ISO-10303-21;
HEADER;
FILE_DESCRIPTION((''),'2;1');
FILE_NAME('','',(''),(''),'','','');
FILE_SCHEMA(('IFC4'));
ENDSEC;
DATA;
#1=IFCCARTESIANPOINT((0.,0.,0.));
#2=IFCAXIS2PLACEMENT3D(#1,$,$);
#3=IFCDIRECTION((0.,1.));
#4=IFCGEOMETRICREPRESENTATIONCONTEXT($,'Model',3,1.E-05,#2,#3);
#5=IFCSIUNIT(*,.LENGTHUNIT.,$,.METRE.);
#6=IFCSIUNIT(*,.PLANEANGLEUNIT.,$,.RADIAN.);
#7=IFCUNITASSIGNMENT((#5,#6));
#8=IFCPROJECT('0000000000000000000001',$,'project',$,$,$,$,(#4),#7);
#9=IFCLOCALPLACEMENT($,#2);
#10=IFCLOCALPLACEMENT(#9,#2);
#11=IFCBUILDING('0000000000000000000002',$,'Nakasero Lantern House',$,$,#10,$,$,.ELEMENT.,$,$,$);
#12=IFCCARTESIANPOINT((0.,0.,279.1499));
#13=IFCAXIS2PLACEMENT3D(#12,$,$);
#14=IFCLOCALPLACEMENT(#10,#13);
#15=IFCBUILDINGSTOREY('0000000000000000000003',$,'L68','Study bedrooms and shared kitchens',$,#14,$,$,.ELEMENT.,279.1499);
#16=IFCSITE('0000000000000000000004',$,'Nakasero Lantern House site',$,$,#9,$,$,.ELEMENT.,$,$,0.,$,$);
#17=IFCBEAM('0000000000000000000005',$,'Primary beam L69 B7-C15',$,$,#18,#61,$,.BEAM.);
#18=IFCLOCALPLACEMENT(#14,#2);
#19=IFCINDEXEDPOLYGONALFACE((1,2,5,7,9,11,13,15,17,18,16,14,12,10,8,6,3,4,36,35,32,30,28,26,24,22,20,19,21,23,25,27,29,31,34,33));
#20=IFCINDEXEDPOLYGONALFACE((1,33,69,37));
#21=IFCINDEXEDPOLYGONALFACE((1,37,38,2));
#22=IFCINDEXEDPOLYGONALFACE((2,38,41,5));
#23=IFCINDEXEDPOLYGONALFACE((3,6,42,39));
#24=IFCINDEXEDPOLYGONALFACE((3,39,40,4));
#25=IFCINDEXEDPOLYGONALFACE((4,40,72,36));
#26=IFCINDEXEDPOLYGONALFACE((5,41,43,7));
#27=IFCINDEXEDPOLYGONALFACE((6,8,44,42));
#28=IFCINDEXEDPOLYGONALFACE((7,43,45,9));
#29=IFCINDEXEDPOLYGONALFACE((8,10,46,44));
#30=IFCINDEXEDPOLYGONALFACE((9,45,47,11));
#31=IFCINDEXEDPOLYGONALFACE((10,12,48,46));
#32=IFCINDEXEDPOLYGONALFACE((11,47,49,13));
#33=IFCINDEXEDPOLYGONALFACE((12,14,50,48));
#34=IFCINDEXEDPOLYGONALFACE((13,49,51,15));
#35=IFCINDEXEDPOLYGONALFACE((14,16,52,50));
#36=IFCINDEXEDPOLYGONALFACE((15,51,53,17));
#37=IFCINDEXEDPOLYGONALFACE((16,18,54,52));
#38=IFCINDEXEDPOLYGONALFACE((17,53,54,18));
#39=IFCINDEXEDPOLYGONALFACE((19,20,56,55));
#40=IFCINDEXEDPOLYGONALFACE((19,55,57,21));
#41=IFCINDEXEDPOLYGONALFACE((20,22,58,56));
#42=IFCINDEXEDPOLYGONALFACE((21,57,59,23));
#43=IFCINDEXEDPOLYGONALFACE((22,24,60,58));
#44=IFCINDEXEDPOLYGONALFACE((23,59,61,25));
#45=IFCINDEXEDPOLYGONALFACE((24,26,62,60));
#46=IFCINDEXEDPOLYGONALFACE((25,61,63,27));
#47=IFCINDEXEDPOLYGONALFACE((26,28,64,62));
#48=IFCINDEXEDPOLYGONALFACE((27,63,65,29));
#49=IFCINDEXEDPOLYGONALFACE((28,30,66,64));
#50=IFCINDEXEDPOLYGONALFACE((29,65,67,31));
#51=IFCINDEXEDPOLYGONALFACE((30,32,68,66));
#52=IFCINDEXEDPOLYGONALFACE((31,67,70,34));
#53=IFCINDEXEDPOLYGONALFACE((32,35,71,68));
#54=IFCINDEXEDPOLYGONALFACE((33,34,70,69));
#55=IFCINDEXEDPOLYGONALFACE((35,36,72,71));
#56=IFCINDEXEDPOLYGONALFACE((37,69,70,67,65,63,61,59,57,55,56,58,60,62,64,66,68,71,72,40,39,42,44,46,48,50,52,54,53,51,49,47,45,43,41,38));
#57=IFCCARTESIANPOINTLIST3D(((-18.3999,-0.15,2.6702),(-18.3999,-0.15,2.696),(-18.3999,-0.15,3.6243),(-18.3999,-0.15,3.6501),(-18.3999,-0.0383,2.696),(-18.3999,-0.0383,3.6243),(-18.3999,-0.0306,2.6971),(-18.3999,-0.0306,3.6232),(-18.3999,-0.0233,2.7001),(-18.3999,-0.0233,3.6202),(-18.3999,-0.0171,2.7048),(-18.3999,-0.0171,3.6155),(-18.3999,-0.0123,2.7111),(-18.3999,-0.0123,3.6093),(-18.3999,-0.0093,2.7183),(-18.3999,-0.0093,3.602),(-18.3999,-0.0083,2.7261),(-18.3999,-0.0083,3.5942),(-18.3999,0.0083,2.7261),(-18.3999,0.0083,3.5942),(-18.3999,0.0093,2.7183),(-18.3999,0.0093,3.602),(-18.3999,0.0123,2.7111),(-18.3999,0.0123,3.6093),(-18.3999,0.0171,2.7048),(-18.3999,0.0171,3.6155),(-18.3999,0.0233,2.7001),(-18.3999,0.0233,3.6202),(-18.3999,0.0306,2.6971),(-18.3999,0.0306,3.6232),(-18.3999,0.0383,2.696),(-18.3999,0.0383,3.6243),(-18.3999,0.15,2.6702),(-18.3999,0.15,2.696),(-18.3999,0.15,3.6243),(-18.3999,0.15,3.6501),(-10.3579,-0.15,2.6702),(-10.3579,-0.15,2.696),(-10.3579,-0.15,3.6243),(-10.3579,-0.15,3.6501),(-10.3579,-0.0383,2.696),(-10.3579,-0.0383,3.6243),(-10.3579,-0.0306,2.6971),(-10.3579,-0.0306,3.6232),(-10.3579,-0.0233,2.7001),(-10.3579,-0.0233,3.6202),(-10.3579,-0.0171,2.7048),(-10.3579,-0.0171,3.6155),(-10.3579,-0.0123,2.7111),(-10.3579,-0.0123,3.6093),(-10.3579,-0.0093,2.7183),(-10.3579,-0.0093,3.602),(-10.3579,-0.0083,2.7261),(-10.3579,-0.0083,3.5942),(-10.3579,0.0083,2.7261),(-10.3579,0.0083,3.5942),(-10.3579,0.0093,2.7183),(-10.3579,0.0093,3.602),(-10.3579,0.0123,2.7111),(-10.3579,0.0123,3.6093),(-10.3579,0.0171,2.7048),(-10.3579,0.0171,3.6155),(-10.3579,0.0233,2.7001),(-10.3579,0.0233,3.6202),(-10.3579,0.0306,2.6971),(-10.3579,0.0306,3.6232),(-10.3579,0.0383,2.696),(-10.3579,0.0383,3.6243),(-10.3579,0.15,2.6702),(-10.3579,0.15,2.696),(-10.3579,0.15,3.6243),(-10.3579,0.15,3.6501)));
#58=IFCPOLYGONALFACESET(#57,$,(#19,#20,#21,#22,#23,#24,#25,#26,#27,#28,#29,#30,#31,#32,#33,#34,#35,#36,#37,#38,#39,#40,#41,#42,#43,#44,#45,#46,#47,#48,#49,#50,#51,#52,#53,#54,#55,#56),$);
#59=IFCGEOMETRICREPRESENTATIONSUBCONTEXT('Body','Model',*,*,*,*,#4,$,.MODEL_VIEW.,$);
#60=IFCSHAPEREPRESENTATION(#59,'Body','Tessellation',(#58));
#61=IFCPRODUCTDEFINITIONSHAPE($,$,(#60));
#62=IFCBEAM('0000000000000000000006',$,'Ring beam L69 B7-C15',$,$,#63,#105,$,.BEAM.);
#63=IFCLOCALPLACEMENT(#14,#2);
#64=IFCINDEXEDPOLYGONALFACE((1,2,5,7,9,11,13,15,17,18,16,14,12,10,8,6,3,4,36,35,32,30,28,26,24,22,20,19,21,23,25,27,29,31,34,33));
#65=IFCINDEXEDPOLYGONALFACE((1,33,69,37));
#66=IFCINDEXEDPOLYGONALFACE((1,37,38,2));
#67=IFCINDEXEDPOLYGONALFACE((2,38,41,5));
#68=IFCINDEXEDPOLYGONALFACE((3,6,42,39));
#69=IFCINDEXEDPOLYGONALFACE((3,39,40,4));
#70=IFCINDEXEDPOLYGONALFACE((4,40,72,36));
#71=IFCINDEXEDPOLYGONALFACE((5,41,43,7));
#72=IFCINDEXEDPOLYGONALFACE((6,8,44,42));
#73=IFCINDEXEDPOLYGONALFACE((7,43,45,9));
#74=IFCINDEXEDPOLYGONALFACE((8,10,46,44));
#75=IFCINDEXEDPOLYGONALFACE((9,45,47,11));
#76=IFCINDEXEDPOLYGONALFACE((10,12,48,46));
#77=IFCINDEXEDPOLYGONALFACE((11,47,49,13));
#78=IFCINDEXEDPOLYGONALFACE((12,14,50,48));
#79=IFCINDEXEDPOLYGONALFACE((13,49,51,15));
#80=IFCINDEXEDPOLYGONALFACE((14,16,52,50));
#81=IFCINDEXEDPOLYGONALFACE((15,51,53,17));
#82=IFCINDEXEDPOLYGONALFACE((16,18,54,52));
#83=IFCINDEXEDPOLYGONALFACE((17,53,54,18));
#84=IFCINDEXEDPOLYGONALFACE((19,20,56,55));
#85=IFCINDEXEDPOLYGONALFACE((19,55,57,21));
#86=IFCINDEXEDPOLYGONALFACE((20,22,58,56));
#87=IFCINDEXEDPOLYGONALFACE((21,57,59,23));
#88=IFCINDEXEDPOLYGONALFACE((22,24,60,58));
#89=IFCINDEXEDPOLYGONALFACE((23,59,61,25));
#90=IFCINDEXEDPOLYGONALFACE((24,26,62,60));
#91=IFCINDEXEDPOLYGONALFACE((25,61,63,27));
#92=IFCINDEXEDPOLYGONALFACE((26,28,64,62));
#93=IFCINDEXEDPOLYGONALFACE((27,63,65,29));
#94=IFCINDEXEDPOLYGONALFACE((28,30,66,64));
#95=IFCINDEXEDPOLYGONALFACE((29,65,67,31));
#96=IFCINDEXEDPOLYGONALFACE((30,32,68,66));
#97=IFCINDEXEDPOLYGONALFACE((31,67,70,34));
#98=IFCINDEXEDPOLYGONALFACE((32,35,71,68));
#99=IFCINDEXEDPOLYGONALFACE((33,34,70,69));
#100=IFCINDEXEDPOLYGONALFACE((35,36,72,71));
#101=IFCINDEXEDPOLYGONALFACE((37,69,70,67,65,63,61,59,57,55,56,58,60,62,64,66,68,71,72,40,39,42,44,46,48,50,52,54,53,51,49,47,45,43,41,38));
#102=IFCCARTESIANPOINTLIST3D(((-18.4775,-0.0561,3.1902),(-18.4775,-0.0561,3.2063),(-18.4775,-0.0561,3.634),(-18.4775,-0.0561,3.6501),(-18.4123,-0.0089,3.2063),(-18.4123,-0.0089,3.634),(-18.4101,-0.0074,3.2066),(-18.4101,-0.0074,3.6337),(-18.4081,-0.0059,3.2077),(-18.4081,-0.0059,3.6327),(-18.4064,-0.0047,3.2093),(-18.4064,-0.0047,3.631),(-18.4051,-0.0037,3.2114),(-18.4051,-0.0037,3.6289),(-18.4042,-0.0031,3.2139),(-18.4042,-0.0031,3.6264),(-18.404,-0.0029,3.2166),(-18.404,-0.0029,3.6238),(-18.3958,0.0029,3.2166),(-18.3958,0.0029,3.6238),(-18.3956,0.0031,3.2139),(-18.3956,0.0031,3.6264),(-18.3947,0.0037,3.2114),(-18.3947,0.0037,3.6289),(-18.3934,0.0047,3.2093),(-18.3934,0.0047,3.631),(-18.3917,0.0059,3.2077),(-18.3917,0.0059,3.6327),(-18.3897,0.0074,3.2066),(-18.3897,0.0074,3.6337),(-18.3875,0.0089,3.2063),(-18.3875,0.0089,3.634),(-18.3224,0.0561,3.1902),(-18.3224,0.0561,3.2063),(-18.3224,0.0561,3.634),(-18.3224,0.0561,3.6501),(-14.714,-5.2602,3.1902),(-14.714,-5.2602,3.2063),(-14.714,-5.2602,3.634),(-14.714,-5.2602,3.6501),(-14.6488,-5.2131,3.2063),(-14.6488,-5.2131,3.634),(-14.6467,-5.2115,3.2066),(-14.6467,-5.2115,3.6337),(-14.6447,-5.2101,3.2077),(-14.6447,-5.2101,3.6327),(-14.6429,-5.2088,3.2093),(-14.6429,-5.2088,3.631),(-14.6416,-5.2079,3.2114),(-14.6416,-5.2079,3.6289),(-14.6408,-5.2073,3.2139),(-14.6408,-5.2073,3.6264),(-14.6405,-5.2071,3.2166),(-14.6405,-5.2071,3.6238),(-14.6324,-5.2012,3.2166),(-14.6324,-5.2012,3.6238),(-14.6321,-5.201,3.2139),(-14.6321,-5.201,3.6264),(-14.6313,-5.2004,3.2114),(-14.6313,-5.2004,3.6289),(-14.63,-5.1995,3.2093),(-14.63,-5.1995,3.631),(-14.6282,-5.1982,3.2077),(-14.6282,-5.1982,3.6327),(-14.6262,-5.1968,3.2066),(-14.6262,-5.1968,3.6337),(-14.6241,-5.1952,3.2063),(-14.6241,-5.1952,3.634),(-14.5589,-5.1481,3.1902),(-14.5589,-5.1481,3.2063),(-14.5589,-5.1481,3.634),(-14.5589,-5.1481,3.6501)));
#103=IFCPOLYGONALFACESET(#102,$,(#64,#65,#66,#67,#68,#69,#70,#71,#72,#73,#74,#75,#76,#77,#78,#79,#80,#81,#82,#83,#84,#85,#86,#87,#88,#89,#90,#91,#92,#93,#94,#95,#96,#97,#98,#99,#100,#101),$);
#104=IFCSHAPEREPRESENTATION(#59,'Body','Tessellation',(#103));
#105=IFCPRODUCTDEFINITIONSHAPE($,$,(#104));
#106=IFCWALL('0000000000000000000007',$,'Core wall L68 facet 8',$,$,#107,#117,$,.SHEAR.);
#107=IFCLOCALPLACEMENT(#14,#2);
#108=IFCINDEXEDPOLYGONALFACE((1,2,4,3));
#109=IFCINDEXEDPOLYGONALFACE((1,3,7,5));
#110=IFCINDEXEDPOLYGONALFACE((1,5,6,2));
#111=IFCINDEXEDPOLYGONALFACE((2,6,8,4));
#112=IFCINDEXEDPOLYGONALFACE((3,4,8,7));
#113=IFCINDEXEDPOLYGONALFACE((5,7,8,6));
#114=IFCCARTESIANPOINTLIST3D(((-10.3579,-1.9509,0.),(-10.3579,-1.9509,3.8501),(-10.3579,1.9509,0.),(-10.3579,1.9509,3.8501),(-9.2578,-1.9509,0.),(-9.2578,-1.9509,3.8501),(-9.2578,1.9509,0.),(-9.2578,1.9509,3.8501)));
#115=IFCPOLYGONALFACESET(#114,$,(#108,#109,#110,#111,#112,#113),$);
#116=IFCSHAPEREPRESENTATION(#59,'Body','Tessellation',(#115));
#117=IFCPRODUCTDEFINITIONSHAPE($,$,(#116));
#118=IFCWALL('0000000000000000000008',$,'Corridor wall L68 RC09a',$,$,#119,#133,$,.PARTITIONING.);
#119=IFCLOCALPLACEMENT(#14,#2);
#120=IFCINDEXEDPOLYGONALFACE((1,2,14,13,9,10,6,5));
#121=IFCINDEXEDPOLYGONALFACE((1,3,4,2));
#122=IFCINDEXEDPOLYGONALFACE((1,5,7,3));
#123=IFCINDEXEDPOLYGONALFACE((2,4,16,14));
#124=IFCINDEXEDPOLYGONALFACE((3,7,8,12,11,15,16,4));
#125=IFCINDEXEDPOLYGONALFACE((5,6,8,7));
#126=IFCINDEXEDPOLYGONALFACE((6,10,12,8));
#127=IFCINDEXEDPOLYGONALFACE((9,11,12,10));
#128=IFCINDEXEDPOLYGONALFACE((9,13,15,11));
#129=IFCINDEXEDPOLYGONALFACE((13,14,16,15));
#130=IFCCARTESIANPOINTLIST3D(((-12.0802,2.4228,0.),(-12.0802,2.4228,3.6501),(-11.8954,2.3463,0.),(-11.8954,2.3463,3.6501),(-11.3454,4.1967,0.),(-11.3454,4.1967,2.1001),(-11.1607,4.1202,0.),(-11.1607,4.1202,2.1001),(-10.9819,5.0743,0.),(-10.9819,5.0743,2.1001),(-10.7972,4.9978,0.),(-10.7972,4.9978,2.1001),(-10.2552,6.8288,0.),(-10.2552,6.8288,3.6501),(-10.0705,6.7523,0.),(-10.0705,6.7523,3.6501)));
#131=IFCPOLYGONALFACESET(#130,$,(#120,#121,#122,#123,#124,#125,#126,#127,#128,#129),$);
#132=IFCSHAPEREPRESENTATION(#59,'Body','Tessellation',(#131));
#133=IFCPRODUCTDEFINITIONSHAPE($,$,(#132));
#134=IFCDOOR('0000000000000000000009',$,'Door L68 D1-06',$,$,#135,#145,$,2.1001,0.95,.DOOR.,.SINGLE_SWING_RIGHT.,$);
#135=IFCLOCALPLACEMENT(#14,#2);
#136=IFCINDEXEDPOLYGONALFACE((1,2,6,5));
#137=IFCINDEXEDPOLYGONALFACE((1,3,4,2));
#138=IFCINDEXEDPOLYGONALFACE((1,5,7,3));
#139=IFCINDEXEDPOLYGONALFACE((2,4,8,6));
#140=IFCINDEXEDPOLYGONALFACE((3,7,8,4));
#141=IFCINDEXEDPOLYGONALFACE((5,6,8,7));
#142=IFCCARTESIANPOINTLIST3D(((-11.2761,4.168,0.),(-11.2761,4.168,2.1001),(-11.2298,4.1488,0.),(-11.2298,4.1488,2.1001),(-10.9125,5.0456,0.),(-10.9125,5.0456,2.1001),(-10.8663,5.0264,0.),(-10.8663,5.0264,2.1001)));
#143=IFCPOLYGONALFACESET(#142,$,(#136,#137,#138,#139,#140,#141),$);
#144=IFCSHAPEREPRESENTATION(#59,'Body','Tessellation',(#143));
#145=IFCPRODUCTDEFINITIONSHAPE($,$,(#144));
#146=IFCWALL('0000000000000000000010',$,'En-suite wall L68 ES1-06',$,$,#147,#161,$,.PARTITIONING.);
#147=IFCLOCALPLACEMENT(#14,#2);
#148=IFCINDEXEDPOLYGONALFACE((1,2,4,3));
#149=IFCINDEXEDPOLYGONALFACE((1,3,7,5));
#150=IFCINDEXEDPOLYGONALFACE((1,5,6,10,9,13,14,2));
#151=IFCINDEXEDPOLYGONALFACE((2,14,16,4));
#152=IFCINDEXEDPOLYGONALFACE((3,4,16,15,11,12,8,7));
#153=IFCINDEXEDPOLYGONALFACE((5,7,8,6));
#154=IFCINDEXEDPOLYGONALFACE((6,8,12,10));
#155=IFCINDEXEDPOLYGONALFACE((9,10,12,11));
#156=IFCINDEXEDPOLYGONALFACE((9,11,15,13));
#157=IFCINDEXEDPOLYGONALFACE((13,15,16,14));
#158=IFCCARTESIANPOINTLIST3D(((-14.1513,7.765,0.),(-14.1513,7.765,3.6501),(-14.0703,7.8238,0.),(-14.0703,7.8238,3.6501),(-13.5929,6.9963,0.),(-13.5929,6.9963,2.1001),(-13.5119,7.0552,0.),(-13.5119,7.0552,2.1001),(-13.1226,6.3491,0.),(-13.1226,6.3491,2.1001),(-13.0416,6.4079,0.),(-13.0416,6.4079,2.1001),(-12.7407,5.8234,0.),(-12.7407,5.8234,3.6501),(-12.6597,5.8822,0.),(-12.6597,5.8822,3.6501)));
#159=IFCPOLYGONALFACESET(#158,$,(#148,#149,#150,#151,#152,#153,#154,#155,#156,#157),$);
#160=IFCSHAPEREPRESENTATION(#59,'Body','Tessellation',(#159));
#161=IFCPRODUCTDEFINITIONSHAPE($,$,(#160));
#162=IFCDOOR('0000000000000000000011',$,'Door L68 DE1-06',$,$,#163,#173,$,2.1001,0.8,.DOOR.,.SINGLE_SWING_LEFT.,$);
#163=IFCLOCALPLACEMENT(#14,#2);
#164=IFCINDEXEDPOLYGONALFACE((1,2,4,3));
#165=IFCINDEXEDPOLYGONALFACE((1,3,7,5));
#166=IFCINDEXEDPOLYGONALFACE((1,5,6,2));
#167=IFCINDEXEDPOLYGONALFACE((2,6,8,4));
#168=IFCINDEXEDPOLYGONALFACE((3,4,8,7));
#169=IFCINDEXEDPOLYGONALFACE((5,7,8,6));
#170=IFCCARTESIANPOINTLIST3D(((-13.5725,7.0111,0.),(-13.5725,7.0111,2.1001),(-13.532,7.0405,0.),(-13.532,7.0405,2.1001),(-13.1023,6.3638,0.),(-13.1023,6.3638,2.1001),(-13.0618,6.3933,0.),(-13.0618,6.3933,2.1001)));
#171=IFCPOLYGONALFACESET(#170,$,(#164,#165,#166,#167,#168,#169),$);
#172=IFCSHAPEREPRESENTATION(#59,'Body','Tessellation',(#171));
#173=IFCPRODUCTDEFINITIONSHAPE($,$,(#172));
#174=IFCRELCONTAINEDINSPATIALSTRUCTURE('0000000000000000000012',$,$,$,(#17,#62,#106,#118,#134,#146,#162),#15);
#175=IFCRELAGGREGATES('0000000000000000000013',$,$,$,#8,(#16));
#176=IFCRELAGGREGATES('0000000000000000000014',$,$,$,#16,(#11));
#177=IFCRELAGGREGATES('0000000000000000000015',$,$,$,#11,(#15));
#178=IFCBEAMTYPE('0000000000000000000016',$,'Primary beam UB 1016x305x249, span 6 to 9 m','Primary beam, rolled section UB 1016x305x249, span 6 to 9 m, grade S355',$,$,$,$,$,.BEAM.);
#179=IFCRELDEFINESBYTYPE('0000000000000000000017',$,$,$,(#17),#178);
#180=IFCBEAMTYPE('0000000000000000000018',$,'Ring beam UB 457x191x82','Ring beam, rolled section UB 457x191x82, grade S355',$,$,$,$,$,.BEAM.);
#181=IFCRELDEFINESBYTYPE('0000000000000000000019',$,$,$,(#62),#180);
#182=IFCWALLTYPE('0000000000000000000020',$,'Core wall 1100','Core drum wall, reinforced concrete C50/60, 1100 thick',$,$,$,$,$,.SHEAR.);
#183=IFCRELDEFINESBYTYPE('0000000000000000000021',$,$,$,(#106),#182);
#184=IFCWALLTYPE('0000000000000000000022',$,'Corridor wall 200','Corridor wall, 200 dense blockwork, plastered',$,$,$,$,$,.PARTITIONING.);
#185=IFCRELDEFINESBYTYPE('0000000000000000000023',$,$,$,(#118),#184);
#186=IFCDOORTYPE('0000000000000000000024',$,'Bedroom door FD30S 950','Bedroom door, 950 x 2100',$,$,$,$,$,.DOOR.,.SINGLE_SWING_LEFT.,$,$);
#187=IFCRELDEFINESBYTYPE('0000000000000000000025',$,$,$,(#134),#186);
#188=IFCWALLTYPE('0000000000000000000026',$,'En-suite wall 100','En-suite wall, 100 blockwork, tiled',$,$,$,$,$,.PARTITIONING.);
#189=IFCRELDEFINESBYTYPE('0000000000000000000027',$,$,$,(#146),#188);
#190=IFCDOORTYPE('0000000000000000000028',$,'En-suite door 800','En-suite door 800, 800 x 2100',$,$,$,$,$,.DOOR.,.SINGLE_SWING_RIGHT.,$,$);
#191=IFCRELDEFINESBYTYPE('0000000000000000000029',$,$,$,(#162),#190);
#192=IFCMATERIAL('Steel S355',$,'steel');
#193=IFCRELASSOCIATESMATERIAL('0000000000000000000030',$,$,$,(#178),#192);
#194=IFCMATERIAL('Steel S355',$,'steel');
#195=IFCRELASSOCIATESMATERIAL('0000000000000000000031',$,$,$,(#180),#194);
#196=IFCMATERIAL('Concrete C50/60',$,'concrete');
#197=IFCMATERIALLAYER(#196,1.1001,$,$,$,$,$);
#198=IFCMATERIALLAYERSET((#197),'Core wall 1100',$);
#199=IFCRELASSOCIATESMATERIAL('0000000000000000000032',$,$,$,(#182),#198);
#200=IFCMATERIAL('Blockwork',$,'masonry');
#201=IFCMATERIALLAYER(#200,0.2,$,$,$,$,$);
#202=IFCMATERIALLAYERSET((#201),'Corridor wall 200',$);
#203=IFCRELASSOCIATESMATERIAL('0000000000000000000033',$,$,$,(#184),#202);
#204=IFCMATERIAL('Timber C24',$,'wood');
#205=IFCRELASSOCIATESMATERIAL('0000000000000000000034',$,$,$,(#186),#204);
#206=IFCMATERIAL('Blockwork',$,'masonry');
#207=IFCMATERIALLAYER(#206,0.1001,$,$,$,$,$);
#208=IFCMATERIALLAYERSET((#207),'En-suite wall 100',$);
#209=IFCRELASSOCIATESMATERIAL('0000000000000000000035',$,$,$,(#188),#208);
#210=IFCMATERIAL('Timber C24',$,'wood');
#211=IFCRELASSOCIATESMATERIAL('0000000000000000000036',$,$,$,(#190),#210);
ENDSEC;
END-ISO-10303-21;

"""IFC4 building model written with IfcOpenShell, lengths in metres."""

from ifc_helpers import new_model, si_unit, direction, frame, frame_2d, origin, origin_2d, place, context, subcontext, project, spatial, rectangle, i_section, extrude, material, layer, layer_set, material_profile, profile_set, type_object, element, fill, save


model = new_model("IFC4")

# Units and contexts
model_context = context("Model", 3, precision=1e-05, world=origin(), true_north=direction((0.0, 1.0)))
body_context = subcontext(model_context, "Body", "Model", "MODEL_VIEW")
ifc_project = project(units=[si_unit("LENGTHUNIT", "METRE"), si_unit("PLANEANGLEUNIT", "RADIAN")], contexts=[model_context])

# Site, building, storey
site_placement = place(None, origin())
site = spatial("IfcSite", under=ifc_project, at=site_placement, Name="Nakasero Lantern House site", CompositionType="ELEMENT", RefElevation=0.0)
building_placement = place(site_placement, origin())
building = spatial("IfcBuilding", under=site, at=building_placement, Name="Nakasero Lantern House", CompositionType="ELEMENT")
storey_placement = place(building_placement, frame((0.0, 0.0, 279.1499)))
storey = spatial("IfcBuildingStorey", under=building, at=storey_placement, Name="L68", Description="Study bedrooms and shared kitchens", CompositionType="ELEMENT", Elevation=279.1499)

# Beams
ifc_material_1 = material(Name="Steel S355", Category="steel")
ifc_material_profile_1 = material_profile(ifc_material_1, i_section(OverallWidth=0.3, OverallDepth=0.98, WebThickness=0.0166, FlangeThickness=0.0259, FilletRadius=0.03, at=origin_2d()), Name="UB 1016x305x249")
ifc_profile_set_1 = profile_set([ifc_material_profile_1], Name="Steel S355")
beam_type_1 = type_object("IfcBeamType", Name="Primary beam UB 1016x305x249, span 6 to 9 m", Description="Primary beam, rolled section UB 1016x305x249, span 6 to 9 m, grade S355", PredefinedType="BEAM", material=ifc_profile_set_1)
beam_1_placement = place(storey_placement, frame((-18.3999, 0.0, 3.1602), z_axis=(1.0, 0.0, 0.0), x_axis=(0.0, 1.0, 0.0)))
element("IfcBeam", 1, at=beam_1_placement, inside=storey, type_object=beam_type_1, Name="Primary beam L69 B7-C15", PredefinedType="BEAM", context=body_context, shape_type="SweptSolid", body=[
    extrude(i_section(OverallWidth=0.3, OverallDepth=0.98, WebThickness=0.0166, FlangeThickness=0.0259, FilletRadius=0.03, at=origin_2d()), origin(), (0.0, 0.0, 1.0), 8.042),
])
ifc_material_2 = material(Name="Steel S355", Category="steel")
ifc_material_profile_2 = material_profile(ifc_material_2, i_section(OverallWidth=0.1914, OverallDepth=0.46, WebThickness=0.01, FlangeThickness=0.0161, FilletRadius=0.0103, at=origin_2d()), Name="UB 457x191x82")
ifc_profile_set_2 = profile_set([ifc_material_profile_2], Name="Steel S355")
beam_type_2 = type_object("IfcBeamType", Name="Ring beam UB 457x191x82", Description="Ring beam, rolled section UB 457x191x82, grade S355", PredefinedType="BEAM", material=ifc_profile_set_2)
beam_2_placement = place(storey_placement, frame((-18.3999, 0.0, 3.4202), z_axis=(0.585993, -0.810316, 0.0), x_axis=(0.810316, 0.585993, 0.0)))
element("IfcBeam", 2, at=beam_2_placement, inside=storey, type_object=beam_type_2, Name="Ring beam L69 B7-C15", PredefinedType="BEAM", context=body_context, shape_type="SweptSolid", body=[
    extrude(i_section(OverallWidth=0.1914, OverallDepth=0.46, WebThickness=0.01, FlangeThickness=0.0161, FilletRadius=0.0103, at=origin_2d()), origin(), (0.0, 0.0, 1.0), 6.4224),
])

# Wall
ifc_material_3 = material(Name="Concrete C50/60", Category="concrete")
ifc_layer_1 = layer(ifc_material_3, 1.1001)
ifc_layer_set_1 = layer_set([ifc_layer_1], Name="Core wall 1100")
wall_type_1 = type_object("IfcWallType", Name="Core wall 1100", Description="Core drum wall, reinforced concrete C50/60, 1100 thick", PredefinedType="SHEAR", material=ifc_layer_set_1)
wall_1_placement = place(storey_placement, frame((-9.8079, 1.9509, 0.0), z_axis=(0.0, 0.0, 1.0), x_axis=(0.0, -1.0, 0.0)))
element("IfcWall", 3, at=wall_1_placement, inside=storey, type_object=wall_type_1, Name="Core wall L68 facet 8", PredefinedType="SHEAR", context=body_context, shape_type="SweptSolid", body=[
    extrude(rectangle(XDim=3.9019, YDim=1.1001, at=frame_2d((1.9509, 0.0))), origin(), (0.0, 0.0, 1.0), 3.8501),
])

# Walls, openings, doors
ifc_material_4 = material(Name="Blockwork", Category="masonry")
ifc_layer_2 = layer(ifc_material_4, 0.2)
ifc_layer_set_2 = layer_set([ifc_layer_2], Name="Corridor wall 200")
wall_type_2 = type_object("IfcWallType", Name="Corridor wall 200", Description="Corridor wall, 200 dense blockwork, plastered", PredefinedType="PARTITIONING", material=ifc_layer_set_2)
wall_2_placement = place(storey_placement, frame((-11.9878, 2.3845, 0.0), z_axis=(0.0, 0.0, 1.0), x_axis=(0.38267, 0.923885, 0.0)))
wall_2 = element("IfcWall", 4, at=wall_2_placement, inside=storey, type_object=wall_type_2, Name="Corridor wall L68 RC09a", PredefinedType="PARTITIONING", context=body_context, shape_type="SweptSolid", body=[
    extrude(rectangle(XDim=4.769, YDim=0.2, at=frame_2d((2.3845, 0.0))), origin(), (0.0, 0.0, 1.0), 3.6501),
])
opening_1_placement = place(wall_2_placement, frame((1.9199, 0.0, 0.0)))
opening_1 = element("IfcOpeningElement", 5, at=opening_1_placement, cuts=wall_2, PredefinedType="OPENING", context=body_context, shape_type="SweptSolid", body=[
    extrude(rectangle(XDim=0.95, YDim=2.1001, at=frame_2d((0.4751, 1.05))), frame((0.0, 0.1199, 0.0), z_axis=(0.0, -1.0, 0.0), x_axis=(1.0, 0.0, 0.0)), (0.0, 0.0, 1.0), 0.24),
])
ifc_material_5 = material(Name="Timber C24", Category="wood")
door_type_1 = type_object("IfcDoorType", Name="Bedroom door FD30S 950", Description="Bedroom door, 950 x 2100", OperationType="SINGLE_SWING_LEFT", PredefinedType="DOOR", material=ifc_material_5)
door_1_placement = place(opening_1_placement, origin())
door_1 = element("IfcDoor", 6, at=door_1_placement, inside=storey, type_object=door_type_1, Name="Door L68 D1-06", OperationType="SINGLE_SWING_RIGHT", OverallHeight=2.1001, OverallWidth=0.95, PredefinedType="DOOR", context=body_context, shape_type="SweptSolid", body=[
    extrude(rectangle(XDim=0.95, YDim=2.1001, at=frame_2d((0.4751, 1.05))), frame((0.0, 0.0249, 0.0), z_axis=(0.0, -1.0, 0.0), x_axis=(1.0, 0.0, 0.0)), (0.0, 0.0, 1.0), 0.05),
])
fill(opening_1, door_1)
ifc_material_6 = material(Name="Blockwork", Category="masonry")
ifc_layer_3 = layer(ifc_material_6, 0.1001)
ifc_layer_set_3 = layer_set([ifc_layer_3], Name="En-suite wall 100")
wall_type_3 = type_object("IfcWallType", Name="En-suite wall 100", Description="En-suite wall, 100 blockwork, tiled", PredefinedType="PARTITIONING", material=ifc_layer_set_3)
wall_3_placement = place(storey_placement, frame((-12.7002, 5.8528, 0.0), z_axis=(0.0, 0.0, 1.0), x_axis=(-0.587772, 0.809026, 0.0)))
wall_3 = element("IfcWall", 7, at=wall_3_placement, inside=storey, type_object=wall_type_3, Name="En-suite wall L68 ES1-06", PredefinedType="PARTITIONING", context=body_context, shape_type="SweptSolid", body=[
    extrude(rectangle(XDim=2.3999, YDim=0.1001, at=frame_2d((1.2, 0.0))), origin(), (0.0, 0.0, 1.0), 3.6501),
])
opening_2_placement = place(wall_3_placement, frame((0.6499, 0.0, 0.0)))
opening_2 = element("IfcOpeningElement", 8, at=opening_2_placement, cuts=wall_3, PredefinedType="OPENING", context=body_context, shape_type="SweptSolid", body=[
    extrude(rectangle(XDim=0.8, YDim=2.1001, at=frame_2d((0.3999, 1.05))), frame((0.0, 0.0701, 0.0), z_axis=(0.0, -1.0, 0.0), x_axis=(1.0, 0.0, 0.0)), (0.0, 0.0, 1.0), 0.1401),
])
ifc_material_7 = material(Name="Timber C24", Category="wood")
door_type_2 = type_object("IfcDoorType", Name="En-suite door 800", Description="En-suite door 800, 800 x 2100", OperationType="SINGLE_SWING_RIGHT", PredefinedType="DOOR", material=ifc_material_7)
door_2_placement = place(opening_2_placement, origin())
door_2 = element("IfcDoor", 9, at=door_2_placement, inside=storey, type_object=door_type_2, Name="Door L68 DE1-06", OperationType="SINGLE_SWING_LEFT", OverallHeight=2.1001, OverallWidth=0.8, PredefinedType="DOOR", context=body_context, shape_type="SweptSolid", body=[
    extrude(rectangle(XDim=0.8, YDim=2.1001, at=frame_2d((0.3999, 1.05))), frame((0.0, 0.0249, 0.0), z_axis=(0.0, -1.0, 0.0), x_axis=(1.0, 0.0, 0.0)), (0.0, 0.0, 1.0), 0.05),
])
fill(opening_2, door_2)

save(model, "model.ifc")
